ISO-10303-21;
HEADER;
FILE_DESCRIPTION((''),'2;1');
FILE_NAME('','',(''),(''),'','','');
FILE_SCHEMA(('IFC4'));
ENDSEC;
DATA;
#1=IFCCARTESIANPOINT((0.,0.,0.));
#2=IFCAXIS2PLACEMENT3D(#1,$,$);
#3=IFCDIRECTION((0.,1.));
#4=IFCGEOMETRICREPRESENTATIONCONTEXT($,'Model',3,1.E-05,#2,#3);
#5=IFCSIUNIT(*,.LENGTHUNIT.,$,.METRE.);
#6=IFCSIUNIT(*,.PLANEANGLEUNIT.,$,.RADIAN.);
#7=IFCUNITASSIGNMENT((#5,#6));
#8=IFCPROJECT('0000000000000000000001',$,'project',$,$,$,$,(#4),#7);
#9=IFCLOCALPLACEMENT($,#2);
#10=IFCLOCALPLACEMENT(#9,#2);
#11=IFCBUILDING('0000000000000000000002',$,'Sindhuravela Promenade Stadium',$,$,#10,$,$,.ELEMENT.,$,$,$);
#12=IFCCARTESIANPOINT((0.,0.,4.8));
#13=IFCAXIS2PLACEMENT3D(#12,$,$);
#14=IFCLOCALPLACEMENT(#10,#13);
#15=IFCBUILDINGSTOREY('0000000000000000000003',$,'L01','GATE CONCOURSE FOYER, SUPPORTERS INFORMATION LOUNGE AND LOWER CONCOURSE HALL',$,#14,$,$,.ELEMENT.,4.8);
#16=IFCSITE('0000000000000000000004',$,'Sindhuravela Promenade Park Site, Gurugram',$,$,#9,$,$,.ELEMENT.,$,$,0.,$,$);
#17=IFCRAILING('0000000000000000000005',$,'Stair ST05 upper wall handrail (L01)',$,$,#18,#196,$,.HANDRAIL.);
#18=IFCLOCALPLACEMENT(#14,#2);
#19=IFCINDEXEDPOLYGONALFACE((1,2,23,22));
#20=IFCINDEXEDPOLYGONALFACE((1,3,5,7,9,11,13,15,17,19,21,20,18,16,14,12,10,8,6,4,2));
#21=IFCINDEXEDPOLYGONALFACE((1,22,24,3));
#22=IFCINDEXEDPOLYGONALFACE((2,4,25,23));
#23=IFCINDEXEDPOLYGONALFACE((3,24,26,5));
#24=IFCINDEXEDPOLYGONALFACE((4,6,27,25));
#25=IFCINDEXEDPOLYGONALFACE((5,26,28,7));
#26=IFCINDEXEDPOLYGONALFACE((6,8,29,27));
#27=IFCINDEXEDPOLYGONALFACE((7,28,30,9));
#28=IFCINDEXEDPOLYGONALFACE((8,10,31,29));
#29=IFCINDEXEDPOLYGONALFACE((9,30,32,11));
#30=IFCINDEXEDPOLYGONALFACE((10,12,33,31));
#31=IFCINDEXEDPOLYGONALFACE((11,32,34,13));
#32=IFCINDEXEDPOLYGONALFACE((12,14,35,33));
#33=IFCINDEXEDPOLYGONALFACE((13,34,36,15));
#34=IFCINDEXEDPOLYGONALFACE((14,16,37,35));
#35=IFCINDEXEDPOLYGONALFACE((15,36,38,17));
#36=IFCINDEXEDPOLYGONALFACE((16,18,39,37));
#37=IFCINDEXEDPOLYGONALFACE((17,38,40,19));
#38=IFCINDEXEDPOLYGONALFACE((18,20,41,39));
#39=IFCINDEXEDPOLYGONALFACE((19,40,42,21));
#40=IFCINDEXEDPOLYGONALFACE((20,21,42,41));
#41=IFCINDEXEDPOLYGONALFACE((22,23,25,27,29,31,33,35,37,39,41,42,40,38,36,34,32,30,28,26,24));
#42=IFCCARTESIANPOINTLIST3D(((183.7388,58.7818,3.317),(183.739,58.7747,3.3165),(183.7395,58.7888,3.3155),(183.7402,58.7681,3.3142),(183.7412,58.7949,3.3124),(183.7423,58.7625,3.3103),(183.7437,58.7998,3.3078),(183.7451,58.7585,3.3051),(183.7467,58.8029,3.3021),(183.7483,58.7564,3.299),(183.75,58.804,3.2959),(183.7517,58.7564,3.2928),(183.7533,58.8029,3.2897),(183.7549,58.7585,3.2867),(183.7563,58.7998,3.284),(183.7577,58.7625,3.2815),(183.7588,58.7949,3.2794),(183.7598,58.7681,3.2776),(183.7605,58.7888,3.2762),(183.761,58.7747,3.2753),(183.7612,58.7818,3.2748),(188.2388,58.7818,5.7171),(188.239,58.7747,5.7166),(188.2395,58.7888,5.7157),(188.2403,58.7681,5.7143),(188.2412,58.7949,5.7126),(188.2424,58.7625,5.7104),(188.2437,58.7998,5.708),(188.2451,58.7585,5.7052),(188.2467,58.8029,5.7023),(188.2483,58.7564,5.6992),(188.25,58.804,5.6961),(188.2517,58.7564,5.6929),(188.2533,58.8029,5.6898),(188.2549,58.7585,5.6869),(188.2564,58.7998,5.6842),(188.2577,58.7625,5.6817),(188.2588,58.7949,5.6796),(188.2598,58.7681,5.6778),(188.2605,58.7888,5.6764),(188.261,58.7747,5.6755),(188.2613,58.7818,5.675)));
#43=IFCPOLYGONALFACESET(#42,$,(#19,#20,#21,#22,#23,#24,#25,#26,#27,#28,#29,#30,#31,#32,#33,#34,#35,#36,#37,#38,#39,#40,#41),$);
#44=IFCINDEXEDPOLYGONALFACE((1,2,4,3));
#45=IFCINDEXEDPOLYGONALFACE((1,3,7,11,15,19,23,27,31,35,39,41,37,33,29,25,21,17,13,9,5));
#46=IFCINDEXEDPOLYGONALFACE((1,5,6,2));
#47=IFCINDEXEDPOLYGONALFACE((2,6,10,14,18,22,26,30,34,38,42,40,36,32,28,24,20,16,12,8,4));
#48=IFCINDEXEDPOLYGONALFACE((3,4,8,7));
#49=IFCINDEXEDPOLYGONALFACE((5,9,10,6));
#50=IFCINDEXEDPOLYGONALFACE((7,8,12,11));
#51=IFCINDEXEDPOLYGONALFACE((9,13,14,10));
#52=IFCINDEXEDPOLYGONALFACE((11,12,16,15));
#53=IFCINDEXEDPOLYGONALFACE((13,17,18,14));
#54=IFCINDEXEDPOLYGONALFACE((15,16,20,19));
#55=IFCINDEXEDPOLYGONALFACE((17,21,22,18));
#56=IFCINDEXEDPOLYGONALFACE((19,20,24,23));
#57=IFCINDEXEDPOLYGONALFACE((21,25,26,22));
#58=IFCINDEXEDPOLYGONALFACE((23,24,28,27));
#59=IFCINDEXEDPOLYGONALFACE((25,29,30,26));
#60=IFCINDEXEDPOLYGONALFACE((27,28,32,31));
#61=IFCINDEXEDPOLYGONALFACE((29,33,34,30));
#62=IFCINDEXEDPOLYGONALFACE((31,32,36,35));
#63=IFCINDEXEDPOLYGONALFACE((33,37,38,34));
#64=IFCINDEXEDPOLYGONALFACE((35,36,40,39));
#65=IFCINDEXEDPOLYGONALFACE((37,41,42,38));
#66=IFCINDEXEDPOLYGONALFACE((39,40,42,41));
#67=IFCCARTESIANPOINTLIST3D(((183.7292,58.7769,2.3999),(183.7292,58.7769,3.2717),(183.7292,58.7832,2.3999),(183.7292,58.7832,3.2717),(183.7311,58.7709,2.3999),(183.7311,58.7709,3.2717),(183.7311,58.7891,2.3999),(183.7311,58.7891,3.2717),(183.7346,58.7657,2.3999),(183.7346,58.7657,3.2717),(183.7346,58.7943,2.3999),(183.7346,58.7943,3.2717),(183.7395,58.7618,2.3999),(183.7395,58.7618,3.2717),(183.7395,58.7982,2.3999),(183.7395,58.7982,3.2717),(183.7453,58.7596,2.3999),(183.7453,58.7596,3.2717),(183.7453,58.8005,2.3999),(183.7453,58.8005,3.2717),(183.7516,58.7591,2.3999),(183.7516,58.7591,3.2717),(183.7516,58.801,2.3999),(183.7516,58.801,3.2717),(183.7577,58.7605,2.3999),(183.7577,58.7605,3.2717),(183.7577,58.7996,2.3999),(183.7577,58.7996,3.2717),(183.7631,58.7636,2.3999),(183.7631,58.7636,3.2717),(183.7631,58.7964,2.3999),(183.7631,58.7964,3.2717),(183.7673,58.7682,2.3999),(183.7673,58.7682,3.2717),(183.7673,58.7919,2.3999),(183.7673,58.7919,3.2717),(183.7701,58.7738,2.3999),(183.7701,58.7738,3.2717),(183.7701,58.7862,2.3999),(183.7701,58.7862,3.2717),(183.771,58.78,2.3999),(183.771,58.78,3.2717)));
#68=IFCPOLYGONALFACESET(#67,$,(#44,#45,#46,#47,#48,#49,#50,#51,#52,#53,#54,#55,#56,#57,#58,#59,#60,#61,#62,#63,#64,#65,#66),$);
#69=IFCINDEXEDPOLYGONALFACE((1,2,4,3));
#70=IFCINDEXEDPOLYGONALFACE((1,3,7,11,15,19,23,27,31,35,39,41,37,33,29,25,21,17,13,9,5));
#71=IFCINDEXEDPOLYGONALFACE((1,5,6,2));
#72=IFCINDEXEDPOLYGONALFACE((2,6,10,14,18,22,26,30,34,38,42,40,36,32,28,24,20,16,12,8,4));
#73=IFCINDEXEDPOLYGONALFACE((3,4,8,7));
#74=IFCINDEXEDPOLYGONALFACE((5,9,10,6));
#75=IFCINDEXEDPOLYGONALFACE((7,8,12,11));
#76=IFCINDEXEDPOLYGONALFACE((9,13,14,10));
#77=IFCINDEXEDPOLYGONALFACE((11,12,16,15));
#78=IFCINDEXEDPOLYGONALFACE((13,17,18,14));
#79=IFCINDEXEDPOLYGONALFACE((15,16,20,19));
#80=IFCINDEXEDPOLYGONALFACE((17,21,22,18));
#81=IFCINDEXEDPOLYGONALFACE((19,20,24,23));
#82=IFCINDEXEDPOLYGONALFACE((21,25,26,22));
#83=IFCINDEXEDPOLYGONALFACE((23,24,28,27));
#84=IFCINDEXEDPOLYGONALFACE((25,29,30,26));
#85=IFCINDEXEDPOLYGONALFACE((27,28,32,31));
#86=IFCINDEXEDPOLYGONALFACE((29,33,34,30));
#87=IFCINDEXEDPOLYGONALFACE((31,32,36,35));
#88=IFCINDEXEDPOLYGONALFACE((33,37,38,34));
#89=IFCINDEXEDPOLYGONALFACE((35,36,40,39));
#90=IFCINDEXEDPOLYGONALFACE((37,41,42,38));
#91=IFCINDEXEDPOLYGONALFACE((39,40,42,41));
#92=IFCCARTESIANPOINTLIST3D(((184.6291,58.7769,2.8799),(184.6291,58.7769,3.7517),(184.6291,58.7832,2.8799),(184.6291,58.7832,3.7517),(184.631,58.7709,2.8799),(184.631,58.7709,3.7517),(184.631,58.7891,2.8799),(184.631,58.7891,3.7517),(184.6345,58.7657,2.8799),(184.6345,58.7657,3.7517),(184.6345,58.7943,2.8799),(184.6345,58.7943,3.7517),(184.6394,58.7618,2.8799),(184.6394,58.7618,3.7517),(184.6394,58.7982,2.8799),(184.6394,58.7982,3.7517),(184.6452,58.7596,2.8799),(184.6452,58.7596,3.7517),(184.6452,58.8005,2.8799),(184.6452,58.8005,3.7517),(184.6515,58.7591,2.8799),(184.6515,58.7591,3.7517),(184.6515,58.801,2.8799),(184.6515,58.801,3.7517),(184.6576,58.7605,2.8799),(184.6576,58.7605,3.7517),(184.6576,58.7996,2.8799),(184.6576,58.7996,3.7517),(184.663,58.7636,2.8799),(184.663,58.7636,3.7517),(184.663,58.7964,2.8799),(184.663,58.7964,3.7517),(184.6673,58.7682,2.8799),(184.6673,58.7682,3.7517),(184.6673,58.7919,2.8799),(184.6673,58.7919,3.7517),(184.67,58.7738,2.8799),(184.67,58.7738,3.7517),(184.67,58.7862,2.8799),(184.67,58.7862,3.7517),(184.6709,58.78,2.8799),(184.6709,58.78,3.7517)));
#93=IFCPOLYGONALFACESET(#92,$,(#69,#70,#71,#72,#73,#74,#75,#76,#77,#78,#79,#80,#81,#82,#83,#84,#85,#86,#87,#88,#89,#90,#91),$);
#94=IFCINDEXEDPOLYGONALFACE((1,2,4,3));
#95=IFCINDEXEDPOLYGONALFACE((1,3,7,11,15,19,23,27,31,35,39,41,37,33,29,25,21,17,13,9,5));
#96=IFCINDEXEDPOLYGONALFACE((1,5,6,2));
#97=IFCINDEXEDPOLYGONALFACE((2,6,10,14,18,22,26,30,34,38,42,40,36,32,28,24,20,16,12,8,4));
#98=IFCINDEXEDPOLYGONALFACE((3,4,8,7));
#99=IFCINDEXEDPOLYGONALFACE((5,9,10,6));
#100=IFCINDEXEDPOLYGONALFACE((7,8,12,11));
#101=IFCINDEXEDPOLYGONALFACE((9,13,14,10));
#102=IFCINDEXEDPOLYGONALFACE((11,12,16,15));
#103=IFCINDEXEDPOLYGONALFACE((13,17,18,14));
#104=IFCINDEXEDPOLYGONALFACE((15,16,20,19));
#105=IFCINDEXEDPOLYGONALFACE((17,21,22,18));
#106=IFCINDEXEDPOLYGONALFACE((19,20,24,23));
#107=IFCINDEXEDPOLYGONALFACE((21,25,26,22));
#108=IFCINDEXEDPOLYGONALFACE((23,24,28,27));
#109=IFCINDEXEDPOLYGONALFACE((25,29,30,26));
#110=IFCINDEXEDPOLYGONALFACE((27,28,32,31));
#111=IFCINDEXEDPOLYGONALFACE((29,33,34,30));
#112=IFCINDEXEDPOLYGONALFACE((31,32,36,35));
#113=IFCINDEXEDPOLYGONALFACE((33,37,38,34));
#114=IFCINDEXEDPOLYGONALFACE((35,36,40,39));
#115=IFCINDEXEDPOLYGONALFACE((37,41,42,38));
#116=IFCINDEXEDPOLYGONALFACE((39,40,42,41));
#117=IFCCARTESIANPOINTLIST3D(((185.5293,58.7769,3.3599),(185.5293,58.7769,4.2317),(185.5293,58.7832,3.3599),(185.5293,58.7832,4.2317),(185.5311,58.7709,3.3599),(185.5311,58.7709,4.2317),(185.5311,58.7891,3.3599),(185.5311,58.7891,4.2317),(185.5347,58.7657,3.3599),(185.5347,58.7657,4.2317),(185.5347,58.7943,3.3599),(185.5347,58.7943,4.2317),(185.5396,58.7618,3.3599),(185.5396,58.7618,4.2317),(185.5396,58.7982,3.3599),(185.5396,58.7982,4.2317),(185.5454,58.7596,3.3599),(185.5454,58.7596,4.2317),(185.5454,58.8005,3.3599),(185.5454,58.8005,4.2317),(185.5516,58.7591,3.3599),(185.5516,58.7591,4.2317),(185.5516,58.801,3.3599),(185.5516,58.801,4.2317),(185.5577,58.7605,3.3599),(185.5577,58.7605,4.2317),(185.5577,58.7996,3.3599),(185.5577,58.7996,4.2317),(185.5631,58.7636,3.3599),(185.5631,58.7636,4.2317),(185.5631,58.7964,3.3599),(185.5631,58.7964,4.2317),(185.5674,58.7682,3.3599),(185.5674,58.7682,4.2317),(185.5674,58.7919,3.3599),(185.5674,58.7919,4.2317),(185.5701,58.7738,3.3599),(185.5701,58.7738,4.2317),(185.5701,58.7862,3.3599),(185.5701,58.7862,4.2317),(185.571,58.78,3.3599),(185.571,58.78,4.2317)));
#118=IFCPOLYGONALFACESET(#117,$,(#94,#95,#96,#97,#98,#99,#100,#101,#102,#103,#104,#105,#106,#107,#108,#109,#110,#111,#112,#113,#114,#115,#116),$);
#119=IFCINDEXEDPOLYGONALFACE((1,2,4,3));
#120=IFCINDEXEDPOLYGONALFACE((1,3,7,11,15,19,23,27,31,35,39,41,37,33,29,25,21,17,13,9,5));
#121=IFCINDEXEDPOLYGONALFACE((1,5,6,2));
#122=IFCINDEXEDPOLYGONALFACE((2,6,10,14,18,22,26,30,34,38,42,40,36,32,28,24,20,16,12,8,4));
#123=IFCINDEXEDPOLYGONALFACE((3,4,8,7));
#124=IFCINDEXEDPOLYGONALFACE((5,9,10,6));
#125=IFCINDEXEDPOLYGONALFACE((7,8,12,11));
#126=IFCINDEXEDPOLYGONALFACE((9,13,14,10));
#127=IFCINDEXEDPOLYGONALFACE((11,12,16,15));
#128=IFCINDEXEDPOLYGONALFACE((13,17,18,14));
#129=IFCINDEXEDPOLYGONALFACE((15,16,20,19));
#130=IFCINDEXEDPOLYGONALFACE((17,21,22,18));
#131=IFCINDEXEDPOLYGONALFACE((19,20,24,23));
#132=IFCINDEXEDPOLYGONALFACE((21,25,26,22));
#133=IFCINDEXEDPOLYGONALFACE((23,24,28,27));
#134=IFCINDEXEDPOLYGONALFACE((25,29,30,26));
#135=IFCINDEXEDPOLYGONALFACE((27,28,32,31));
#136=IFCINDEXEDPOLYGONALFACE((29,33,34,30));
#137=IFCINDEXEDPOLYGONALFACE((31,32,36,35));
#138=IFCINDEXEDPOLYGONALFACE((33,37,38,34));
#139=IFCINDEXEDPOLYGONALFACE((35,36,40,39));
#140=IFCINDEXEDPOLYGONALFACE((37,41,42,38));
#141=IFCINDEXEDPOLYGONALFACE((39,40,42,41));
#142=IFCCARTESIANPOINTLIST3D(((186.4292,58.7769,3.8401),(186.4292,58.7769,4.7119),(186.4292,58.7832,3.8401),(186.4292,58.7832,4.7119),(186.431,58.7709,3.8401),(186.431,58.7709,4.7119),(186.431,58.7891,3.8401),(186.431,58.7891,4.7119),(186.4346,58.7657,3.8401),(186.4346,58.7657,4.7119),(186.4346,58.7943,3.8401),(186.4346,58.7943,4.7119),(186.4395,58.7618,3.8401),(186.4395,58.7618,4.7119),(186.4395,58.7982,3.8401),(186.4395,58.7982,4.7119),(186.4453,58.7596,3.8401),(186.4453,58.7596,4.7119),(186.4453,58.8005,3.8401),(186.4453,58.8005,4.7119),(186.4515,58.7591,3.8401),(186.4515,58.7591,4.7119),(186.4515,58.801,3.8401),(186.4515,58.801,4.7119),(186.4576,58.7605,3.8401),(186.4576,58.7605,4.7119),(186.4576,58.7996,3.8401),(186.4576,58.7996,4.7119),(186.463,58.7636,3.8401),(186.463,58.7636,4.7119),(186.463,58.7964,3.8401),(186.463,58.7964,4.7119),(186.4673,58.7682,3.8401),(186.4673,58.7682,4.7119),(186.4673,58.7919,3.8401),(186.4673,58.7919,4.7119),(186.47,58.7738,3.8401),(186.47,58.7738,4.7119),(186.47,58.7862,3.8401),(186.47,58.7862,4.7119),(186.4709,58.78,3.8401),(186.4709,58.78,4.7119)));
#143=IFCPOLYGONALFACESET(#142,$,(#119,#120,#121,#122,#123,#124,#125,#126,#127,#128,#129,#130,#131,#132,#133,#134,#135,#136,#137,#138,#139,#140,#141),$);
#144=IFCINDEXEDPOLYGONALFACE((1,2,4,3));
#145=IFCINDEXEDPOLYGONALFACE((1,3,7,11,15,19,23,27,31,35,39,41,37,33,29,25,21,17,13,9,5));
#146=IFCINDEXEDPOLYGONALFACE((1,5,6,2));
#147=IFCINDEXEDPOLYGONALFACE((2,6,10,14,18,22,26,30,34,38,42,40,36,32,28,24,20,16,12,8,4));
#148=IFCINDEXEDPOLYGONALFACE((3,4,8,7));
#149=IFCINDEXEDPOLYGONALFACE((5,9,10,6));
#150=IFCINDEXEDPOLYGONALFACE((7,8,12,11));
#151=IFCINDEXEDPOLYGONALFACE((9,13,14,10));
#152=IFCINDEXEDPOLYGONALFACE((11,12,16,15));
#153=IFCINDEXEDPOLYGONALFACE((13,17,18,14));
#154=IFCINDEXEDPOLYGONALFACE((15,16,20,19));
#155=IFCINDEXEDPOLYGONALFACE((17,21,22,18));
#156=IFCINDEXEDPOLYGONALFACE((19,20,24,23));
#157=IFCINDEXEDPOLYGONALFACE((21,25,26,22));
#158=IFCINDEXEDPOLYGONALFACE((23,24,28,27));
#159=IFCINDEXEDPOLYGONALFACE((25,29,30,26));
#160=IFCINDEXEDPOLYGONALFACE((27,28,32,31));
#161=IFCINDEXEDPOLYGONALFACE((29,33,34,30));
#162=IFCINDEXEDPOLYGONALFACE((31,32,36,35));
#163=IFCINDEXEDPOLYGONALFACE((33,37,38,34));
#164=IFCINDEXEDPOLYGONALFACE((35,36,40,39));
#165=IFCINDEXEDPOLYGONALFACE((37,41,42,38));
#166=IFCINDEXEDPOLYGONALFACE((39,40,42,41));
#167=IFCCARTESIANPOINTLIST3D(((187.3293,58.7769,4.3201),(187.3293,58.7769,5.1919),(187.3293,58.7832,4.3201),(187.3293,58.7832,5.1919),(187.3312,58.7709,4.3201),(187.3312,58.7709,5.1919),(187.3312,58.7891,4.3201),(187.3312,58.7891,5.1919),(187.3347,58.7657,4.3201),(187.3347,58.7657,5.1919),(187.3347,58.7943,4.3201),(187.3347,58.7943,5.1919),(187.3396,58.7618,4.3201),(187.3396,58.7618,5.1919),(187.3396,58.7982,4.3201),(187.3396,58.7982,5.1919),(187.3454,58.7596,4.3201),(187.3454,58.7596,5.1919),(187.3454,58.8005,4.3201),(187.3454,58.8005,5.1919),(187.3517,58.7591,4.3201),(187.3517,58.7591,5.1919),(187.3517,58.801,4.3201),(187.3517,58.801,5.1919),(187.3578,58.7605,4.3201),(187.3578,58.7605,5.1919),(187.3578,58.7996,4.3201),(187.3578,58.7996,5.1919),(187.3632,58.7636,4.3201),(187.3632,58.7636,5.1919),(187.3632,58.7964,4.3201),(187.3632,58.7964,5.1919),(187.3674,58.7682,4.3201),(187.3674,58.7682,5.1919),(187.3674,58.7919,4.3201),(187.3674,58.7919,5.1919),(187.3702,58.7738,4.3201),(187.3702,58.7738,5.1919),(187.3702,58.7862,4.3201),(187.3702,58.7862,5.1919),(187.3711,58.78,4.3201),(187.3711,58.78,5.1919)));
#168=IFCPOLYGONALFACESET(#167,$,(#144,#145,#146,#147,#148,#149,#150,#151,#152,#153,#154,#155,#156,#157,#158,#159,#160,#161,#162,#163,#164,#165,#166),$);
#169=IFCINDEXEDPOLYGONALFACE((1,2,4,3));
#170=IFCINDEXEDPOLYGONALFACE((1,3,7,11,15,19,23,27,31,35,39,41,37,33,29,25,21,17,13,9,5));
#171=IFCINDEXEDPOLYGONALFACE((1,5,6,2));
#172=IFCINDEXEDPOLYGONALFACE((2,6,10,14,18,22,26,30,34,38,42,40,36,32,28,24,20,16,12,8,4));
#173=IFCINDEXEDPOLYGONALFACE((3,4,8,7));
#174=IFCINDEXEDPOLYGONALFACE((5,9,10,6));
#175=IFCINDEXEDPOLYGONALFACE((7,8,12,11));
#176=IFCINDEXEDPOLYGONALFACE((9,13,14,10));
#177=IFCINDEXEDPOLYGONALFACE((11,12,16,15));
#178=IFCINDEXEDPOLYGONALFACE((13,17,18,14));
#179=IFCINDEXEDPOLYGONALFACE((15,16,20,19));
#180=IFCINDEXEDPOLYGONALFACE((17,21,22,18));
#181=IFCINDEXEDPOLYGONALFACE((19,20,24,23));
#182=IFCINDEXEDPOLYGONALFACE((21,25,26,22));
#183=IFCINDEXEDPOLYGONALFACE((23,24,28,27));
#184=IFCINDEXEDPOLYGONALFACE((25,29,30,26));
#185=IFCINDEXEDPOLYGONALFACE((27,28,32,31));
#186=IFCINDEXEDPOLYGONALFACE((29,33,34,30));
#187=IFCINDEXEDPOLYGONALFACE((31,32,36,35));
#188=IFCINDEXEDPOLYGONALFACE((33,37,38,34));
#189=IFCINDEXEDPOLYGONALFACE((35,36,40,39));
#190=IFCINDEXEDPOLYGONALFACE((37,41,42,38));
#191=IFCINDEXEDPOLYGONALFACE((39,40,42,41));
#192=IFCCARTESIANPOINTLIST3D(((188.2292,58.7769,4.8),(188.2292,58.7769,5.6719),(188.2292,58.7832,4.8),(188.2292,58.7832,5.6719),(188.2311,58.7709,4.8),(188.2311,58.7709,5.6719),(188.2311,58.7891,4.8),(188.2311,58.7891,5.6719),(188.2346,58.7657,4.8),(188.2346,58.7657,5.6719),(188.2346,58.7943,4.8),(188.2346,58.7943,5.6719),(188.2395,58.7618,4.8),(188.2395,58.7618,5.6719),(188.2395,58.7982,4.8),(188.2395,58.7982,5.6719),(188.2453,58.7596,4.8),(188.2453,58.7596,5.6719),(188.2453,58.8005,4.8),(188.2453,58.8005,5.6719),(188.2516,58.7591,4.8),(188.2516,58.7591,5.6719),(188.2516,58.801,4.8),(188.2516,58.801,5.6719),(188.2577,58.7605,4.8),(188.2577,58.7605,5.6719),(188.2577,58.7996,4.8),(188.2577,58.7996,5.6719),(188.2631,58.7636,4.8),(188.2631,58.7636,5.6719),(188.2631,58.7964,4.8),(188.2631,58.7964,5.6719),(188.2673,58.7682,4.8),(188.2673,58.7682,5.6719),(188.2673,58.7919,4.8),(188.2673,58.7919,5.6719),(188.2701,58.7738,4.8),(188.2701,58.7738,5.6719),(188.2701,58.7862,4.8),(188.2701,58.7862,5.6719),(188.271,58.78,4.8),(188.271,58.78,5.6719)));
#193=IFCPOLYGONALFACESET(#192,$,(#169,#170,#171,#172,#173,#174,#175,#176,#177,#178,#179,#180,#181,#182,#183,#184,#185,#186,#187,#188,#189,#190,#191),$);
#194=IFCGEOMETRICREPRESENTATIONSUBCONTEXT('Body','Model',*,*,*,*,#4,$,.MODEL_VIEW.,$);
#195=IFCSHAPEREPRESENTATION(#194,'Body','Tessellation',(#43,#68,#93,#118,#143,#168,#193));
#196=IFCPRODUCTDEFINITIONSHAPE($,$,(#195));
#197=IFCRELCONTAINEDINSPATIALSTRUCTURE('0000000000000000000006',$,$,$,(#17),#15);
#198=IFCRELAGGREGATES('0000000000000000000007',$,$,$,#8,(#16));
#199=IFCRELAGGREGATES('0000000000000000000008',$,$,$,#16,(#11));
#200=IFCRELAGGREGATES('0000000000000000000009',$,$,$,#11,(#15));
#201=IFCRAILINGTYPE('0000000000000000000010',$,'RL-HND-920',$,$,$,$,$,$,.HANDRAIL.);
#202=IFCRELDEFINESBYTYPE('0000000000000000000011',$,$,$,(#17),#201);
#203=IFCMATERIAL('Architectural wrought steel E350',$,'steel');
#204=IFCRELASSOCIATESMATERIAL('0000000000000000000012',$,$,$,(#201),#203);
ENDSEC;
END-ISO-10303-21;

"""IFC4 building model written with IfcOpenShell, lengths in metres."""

from ifc_helpers import new_model, si_unit, direction, frame, origin, origin_2d, place, context, subcontext, project, spatial, circle, extrude, material, type_object, element, save


model = new_model("IFC4")

# Units and contexts
model_context = context("Model", 3, precision=1e-05, world=origin(), true_north=direction((0.0, 1.0)))
body_context = subcontext(model_context, "Body", "Model", "MODEL_VIEW")
ifc_project = project(units=[si_unit("LENGTHUNIT", "METRE"), si_unit("PLANEANGLEUNIT", "RADIAN")], contexts=[model_context])

# Site, building, storey
site_placement = place(None, origin())
site = spatial("IfcSite", under=ifc_project, at=site_placement, Name="Sindhuravela Promenade Park Site, Gurugram", CompositionType="ELEMENT", RefElevation=0.0)
building_placement = place(site_placement, origin())
building = spatial("IfcBuilding", under=site, at=building_placement, Name="Sindhuravela Promenade Stadium", CompositionType="ELEMENT")
storey_placement = place(building_placement, frame((0.0, 0.0, 4.8)))
storey = spatial("IfcBuildingStorey", under=building, at=storey_placement, Name="L01", Description="GATE CONCOURSE FOYER, SUPPORTERS INFORMATION LOUNGE AND LOWER CONCOURSE HALL", CompositionType="ELEMENT", Elevation=4.8)

# Railing
ifc_material_1 = material(Name="Architectural wrought steel E350", Category="steel")
railing_type_1 = type_object("IfcRailingType", Name="RL-HND-920", PredefinedType="HANDRAIL", material=ifc_material_1)
railing_1_placement = place(storey_placement, frame((183.75, 58.78, 2.3999)))
element("IfcRailing", 1, at=railing_1_placement, inside=storey, type_object=railing_type_1, Name="Stair ST05 upper wall handrail (L01)", PredefinedType="HANDRAIL", context=body_context, shape_type="SweptSolid", body=[
    extrude(circle(Radius=0.0239, at=origin_2d()), frame((0.0, 0.0, 0.896), z_axis=(0.882341, 0.0, 0.470611), x_axis=(0.0, 1.0, 0.0)), (0.0, 0.0, 1.0), 5.1001),
    extrude(circle(Radius=0.021, at=origin_2d()), origin(), (0.0, 0.0, 1.0), 0.8718),
    extrude(circle(Radius=0.021, at=origin_2d()), frame((0.8999, 0.0, 0.48)), (0.0, 0.0, 1.0), 0.8718),
    extrude(circle(Radius=0.021, at=origin_2d()), frame((1.8, 0.0, 0.96)), (0.0, 0.0, 1.0), 0.8718),
    extrude(circle(Radius=0.021, at=origin_2d()), frame((2.7, 0.0, 1.4402)), (0.0, 0.0, 1.0), 0.8718),
    extrude(circle(Radius=0.021, at=origin_2d()), frame((3.6001, 0.0, 1.9202)), (0.0, 0.0, 1.0), 0.8718),
    extrude(circle(Radius=0.021, at=origin_2d()), frame((4.5, 0.0, 2.4001)), (0.0, 0.0, 1.0), 0.8718),
])

save(model, "model.ifc")
